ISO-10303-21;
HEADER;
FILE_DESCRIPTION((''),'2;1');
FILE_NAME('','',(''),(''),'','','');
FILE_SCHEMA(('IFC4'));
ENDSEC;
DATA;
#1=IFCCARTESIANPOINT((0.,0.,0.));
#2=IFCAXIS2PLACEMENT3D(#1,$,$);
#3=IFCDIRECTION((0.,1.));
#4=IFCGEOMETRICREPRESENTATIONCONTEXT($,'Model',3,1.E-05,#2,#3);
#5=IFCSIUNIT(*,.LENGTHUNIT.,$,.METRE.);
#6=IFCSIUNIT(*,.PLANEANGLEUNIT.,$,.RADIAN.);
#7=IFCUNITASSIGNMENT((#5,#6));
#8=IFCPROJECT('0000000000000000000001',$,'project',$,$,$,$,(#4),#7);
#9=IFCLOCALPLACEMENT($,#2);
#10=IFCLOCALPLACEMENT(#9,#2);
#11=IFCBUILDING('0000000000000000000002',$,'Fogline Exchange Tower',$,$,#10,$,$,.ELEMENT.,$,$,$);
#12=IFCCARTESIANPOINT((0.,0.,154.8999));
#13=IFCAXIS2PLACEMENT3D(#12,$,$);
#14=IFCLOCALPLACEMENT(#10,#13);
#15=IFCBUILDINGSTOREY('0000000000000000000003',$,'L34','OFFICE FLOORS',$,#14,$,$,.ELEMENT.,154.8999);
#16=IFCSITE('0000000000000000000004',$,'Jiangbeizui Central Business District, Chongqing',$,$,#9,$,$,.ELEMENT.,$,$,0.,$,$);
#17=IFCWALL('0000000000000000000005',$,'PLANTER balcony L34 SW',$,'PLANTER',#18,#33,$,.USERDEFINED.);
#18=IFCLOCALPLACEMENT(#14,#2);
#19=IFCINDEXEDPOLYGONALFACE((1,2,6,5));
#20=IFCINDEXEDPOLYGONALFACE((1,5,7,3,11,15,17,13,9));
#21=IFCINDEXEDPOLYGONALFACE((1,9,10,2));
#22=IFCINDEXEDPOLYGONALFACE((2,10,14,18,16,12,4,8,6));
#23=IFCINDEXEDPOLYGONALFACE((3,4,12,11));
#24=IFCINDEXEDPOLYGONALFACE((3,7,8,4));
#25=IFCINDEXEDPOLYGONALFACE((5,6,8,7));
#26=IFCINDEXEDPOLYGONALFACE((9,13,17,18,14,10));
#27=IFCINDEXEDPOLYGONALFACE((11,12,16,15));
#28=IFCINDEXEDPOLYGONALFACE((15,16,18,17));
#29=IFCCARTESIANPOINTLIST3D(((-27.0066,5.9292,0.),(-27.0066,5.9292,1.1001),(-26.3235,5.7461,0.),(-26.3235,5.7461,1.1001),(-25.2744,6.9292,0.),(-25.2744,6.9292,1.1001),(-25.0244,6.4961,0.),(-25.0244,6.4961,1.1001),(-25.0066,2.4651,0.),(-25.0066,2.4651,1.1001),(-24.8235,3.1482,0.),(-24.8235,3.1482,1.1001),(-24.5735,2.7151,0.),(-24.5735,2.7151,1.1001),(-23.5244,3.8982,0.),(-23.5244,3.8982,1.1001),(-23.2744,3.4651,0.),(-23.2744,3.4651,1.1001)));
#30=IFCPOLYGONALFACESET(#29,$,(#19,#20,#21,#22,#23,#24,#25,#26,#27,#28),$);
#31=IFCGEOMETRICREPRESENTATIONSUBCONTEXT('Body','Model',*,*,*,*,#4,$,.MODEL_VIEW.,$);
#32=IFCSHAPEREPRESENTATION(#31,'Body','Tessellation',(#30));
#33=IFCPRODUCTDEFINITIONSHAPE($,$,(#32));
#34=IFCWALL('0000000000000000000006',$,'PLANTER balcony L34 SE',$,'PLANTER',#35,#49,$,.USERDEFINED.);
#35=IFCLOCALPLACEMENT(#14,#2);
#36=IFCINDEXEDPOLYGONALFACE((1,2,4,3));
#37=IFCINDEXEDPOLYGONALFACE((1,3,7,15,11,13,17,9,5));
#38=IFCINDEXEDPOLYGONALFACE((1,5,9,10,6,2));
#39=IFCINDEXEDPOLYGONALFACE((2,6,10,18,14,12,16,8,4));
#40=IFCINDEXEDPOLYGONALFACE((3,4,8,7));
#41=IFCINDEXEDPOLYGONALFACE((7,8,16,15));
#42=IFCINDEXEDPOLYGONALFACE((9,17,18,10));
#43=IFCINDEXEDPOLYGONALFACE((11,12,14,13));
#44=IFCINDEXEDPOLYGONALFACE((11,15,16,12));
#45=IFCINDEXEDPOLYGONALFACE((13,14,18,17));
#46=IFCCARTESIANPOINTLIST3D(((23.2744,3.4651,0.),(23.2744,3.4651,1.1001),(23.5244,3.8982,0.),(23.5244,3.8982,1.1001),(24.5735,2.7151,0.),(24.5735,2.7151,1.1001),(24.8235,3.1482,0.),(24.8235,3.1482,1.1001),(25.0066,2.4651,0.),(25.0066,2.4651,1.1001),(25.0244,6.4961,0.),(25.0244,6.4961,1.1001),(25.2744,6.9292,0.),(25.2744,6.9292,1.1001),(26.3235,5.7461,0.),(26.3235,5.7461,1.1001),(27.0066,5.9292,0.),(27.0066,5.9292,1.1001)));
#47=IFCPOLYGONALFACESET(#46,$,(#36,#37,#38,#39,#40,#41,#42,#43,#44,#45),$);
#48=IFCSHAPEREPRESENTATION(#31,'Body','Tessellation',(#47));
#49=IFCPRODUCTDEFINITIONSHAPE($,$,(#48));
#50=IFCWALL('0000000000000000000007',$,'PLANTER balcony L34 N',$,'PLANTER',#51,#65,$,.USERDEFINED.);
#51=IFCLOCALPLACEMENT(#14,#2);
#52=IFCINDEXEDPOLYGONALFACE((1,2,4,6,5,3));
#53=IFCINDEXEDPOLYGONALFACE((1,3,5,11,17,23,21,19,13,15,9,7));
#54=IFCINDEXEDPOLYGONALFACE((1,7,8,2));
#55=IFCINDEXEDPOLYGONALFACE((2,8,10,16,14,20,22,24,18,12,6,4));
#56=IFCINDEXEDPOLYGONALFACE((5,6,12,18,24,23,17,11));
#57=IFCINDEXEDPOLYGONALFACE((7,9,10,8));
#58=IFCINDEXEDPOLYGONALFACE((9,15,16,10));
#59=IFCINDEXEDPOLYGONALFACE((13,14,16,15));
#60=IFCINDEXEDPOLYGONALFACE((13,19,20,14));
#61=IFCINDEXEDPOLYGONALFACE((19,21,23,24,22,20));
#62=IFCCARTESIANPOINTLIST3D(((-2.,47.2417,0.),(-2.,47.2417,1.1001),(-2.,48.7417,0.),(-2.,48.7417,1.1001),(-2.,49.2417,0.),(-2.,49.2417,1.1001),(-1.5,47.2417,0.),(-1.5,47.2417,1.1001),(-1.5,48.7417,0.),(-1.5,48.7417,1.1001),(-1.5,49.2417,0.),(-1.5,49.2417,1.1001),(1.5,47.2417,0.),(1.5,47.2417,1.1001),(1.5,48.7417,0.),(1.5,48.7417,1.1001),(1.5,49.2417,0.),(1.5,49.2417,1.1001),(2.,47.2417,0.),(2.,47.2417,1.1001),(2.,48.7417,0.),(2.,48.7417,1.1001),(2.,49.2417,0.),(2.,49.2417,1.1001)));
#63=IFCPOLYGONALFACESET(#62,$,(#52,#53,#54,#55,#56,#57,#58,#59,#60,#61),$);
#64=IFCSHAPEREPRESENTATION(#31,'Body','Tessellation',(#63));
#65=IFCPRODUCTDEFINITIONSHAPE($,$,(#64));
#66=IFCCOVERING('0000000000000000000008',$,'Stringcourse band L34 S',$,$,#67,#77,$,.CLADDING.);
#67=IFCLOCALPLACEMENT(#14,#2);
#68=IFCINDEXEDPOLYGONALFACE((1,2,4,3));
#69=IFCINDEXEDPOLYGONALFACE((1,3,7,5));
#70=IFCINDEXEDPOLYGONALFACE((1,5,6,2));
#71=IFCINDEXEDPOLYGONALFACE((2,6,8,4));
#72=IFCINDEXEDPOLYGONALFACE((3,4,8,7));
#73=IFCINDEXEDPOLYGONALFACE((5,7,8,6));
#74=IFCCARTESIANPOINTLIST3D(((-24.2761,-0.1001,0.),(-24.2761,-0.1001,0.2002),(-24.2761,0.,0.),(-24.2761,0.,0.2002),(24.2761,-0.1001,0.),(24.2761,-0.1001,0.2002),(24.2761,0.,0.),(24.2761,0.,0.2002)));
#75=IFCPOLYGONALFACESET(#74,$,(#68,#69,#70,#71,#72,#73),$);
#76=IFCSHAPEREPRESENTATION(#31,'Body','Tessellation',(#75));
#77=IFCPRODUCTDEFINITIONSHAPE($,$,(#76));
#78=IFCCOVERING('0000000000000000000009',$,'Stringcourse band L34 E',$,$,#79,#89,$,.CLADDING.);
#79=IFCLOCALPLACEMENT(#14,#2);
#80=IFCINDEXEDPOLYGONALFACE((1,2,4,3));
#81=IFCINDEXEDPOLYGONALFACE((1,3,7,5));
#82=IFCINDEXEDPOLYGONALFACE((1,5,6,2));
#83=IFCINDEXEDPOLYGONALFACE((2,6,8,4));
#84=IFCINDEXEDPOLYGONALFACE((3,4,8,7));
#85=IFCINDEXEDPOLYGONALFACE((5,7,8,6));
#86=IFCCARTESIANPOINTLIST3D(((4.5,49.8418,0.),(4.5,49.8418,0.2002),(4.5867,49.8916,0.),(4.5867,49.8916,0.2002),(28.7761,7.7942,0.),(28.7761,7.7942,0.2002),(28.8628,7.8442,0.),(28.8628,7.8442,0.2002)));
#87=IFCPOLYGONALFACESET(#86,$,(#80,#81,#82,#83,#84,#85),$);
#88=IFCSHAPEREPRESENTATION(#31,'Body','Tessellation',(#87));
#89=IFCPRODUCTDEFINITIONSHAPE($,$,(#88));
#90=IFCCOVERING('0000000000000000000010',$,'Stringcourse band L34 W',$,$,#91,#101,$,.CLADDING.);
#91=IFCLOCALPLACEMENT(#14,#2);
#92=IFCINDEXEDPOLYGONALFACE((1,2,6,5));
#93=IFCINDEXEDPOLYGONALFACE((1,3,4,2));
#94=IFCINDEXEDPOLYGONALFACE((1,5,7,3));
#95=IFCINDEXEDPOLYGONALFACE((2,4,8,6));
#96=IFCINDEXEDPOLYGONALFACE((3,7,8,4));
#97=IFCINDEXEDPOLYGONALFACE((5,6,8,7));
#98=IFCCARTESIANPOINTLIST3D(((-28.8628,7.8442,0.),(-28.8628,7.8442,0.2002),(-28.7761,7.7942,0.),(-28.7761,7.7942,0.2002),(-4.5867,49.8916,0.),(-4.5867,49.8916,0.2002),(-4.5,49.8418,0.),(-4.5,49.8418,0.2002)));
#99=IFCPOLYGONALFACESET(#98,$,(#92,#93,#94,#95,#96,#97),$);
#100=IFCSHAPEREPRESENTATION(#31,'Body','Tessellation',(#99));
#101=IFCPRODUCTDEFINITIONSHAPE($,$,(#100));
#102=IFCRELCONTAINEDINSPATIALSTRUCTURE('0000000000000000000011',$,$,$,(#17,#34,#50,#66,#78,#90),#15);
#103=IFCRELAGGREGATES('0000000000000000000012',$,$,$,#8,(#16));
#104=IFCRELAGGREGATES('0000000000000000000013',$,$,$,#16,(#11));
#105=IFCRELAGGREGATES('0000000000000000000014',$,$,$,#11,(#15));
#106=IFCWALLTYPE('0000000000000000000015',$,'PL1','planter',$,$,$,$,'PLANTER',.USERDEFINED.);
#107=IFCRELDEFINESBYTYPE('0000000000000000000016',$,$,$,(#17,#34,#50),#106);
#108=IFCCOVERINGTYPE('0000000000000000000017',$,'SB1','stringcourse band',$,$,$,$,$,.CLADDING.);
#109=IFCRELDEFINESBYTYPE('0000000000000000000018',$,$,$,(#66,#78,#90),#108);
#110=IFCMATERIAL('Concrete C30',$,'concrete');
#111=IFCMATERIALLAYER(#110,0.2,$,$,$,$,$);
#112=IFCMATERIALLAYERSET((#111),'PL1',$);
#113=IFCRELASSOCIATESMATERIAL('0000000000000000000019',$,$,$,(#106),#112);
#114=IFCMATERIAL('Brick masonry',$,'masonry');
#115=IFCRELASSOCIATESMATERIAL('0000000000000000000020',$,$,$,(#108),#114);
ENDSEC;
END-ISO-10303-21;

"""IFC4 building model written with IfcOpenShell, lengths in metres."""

from ifc_helpers import new_model, si_unit, direction, frame, origin, place, context, subcontext, project, spatial, polyline, outline, extrude, material, layer, layer_set, type_object, element, save


model = new_model("IFC4")

# Units and contexts
model_context = context("Model", 3, precision=1e-05, world=origin(), true_north=direction((0.0, 1.0)))
body_context = subcontext(model_context, "Body", "Model", "MODEL_VIEW")
ifc_project = project(units=[si_unit("LENGTHUNIT", "METRE"), si_unit("PLANEANGLEUNIT", "RADIAN")], contexts=[model_context])

# Site, building, storey
site_placement = place(None, origin())
site = spatial("IfcSite", under=ifc_project, at=site_placement, Name="Jiangbeizui Central Business District, Chongqing", CompositionType="ELEMENT", RefElevation=0.0)
building_placement = place(site_placement, origin())
building = spatial("IfcBuilding", under=site, at=building_placement, Name="Fogline Exchange Tower", CompositionType="ELEMENT")
storey_placement = place(building_placement, frame((0.0, 0.0, 154.8999)))
storey = spatial("IfcBuildingStorey", under=building, at=storey_placement, Name="L34", Description="OFFICE FLOORS", CompositionType="ELEMENT", Elevation=154.8999)

# Walls
ifc_material_1 = material(Name="Brick masonry", Category="masonry")
ifc_material_2 = material(Name="Concrete C30", Category="concrete")
ifc_layer_1 = layer(ifc_material_2, 0.2)
ifc_layer_set_1 = layer_set([ifc_layer_1], Name="PL1")
wall_type_1 = type_object("IfcWallType", Name="PL1", Description="planter", ElementType="PLANTER", PredefinedType="USERDEFINED", material=ifc_layer_set_1)
wall_1_placement = place(storey_placement, origin())
element("IfcWall", 1, at=wall_1_placement, inside=storey, type_object=wall_type_1, Name="PLANTER balcony L34 SW", ObjectType="PLANTER", PredefinedType="USERDEFINED", context=body_context, shape_type="SweptSolid", body=[
    extrude(outline(polyline([(-23.5244, 3.8982), (-24.8235, 3.1482), (-26.3235, 5.7461), (-25.0244, 6.4961), (-25.2744, 6.9292), (-27.0066, 5.9292), (-25.0066, 2.4651), (-24.5735, 2.7151), (-24.5735, 2.7151), (-23.2744, 3.4651), (-23.5244, 3.8982)])), origin(), (0.0, 0.0, 1.0), 1.1001),
])
wall_2_placement = place(storey_placement, origin())
element("IfcWall", 2, at=wall_2_placement, inside=storey, type_object=wall_type_1, Name="PLANTER balcony L34 SE", ObjectType="PLANTER", PredefinedType="USERDEFINED", context=body_context, shape_type="SweptSolid", body=[
    extrude(outline(polyline([(23.2744, 3.4651), (24.5735, 2.7151), (24.5735, 2.7151), (25.0066, 2.4651), (27.0066, 5.9292), (25.2744, 6.9292), (25.0244, 6.4961), (26.3235, 5.7461), (24.8235, 3.1482), (23.5244, 3.8982), (23.2744, 3.4651)])), origin(), (0.0, 0.0, 1.0), 1.1001),
])
wall_3_placement = place(storey_placement, origin())
element("IfcWall", 3, at=wall_3_placement, inside=storey, type_object=wall_type_1, Name="PLANTER balcony L34 N", ObjectType="PLANTER", PredefinedType="USERDEFINED", context=body_context, shape_type="SweptSolid", body=[
    extrude(outline(polyline([(-1.5, 49.2417), (-2.0, 49.2417), (-2.0, 48.7417), (-2.0, 47.2417), (-1.5, 47.2417), (-1.5, 48.7417), (1.5, 48.7417), (1.5, 47.2417), (2.0, 47.2417), (2.0, 48.7417), (2.0, 49.2417), (1.5, 49.2417), (-1.5, 49.2417)])), origin(), (0.0, 0.0, 1.0), 1.1001),
])

# Coverings
covering_type = type_object("IfcCoveringType", Name="SB1", Description="stringcourse band", PredefinedType="CLADDING", material=ifc_material_1)
covering_1_placement = place(storey_placement, origin())
element("IfcCovering", 4, at=covering_1_placement, inside=storey, type_object=covering_type, Name="Stringcourse band L34 S", PredefinedType="CLADDING", context=body_context, shape_type="SweptSolid", body=[
    extrude(outline(polyline([(-24.2761, 0.0), (-24.2761, -0.1001), (24.2761, -0.1001), (24.2761, 0.0), (-24.2761, 0.0)])), origin(), (0.0, 0.0, 1.0), 0.2002),
])
covering_2_placement = place(storey_placement, origin())
element("IfcCovering", 5, at=covering_2_placement, inside=storey, type_object=covering_type, Name="Stringcourse band L34 E", PredefinedType="CLADDING", context=body_context, shape_type="SweptSolid", body=[
    extrude(outline(polyline([(28.7761, 7.7942), (28.8628, 7.8442), (4.5867, 49.8916), (4.5, 49.8418), (28.7761, 7.7942)])), origin(), (0.0, 0.0, 1.0), 0.2002),
])
covering_3_placement = place(storey_placement, origin())
element("IfcCovering", 6, at=covering_3_placement, inside=storey, type_object=covering_type, Name="Stringcourse band L34 W", PredefinedType="CLADDING", context=body_context, shape_type="SweptSolid", body=[
    extrude(outline(polyline([(-4.5, 49.8418), (-4.5867, 49.8916), (-28.8628, 7.8442), (-28.7761, 7.7942), (-4.5, 49.8418)])), origin(), (0.0, 0.0, 1.0), 0.2002),
])

save(model, "model.ifc")
